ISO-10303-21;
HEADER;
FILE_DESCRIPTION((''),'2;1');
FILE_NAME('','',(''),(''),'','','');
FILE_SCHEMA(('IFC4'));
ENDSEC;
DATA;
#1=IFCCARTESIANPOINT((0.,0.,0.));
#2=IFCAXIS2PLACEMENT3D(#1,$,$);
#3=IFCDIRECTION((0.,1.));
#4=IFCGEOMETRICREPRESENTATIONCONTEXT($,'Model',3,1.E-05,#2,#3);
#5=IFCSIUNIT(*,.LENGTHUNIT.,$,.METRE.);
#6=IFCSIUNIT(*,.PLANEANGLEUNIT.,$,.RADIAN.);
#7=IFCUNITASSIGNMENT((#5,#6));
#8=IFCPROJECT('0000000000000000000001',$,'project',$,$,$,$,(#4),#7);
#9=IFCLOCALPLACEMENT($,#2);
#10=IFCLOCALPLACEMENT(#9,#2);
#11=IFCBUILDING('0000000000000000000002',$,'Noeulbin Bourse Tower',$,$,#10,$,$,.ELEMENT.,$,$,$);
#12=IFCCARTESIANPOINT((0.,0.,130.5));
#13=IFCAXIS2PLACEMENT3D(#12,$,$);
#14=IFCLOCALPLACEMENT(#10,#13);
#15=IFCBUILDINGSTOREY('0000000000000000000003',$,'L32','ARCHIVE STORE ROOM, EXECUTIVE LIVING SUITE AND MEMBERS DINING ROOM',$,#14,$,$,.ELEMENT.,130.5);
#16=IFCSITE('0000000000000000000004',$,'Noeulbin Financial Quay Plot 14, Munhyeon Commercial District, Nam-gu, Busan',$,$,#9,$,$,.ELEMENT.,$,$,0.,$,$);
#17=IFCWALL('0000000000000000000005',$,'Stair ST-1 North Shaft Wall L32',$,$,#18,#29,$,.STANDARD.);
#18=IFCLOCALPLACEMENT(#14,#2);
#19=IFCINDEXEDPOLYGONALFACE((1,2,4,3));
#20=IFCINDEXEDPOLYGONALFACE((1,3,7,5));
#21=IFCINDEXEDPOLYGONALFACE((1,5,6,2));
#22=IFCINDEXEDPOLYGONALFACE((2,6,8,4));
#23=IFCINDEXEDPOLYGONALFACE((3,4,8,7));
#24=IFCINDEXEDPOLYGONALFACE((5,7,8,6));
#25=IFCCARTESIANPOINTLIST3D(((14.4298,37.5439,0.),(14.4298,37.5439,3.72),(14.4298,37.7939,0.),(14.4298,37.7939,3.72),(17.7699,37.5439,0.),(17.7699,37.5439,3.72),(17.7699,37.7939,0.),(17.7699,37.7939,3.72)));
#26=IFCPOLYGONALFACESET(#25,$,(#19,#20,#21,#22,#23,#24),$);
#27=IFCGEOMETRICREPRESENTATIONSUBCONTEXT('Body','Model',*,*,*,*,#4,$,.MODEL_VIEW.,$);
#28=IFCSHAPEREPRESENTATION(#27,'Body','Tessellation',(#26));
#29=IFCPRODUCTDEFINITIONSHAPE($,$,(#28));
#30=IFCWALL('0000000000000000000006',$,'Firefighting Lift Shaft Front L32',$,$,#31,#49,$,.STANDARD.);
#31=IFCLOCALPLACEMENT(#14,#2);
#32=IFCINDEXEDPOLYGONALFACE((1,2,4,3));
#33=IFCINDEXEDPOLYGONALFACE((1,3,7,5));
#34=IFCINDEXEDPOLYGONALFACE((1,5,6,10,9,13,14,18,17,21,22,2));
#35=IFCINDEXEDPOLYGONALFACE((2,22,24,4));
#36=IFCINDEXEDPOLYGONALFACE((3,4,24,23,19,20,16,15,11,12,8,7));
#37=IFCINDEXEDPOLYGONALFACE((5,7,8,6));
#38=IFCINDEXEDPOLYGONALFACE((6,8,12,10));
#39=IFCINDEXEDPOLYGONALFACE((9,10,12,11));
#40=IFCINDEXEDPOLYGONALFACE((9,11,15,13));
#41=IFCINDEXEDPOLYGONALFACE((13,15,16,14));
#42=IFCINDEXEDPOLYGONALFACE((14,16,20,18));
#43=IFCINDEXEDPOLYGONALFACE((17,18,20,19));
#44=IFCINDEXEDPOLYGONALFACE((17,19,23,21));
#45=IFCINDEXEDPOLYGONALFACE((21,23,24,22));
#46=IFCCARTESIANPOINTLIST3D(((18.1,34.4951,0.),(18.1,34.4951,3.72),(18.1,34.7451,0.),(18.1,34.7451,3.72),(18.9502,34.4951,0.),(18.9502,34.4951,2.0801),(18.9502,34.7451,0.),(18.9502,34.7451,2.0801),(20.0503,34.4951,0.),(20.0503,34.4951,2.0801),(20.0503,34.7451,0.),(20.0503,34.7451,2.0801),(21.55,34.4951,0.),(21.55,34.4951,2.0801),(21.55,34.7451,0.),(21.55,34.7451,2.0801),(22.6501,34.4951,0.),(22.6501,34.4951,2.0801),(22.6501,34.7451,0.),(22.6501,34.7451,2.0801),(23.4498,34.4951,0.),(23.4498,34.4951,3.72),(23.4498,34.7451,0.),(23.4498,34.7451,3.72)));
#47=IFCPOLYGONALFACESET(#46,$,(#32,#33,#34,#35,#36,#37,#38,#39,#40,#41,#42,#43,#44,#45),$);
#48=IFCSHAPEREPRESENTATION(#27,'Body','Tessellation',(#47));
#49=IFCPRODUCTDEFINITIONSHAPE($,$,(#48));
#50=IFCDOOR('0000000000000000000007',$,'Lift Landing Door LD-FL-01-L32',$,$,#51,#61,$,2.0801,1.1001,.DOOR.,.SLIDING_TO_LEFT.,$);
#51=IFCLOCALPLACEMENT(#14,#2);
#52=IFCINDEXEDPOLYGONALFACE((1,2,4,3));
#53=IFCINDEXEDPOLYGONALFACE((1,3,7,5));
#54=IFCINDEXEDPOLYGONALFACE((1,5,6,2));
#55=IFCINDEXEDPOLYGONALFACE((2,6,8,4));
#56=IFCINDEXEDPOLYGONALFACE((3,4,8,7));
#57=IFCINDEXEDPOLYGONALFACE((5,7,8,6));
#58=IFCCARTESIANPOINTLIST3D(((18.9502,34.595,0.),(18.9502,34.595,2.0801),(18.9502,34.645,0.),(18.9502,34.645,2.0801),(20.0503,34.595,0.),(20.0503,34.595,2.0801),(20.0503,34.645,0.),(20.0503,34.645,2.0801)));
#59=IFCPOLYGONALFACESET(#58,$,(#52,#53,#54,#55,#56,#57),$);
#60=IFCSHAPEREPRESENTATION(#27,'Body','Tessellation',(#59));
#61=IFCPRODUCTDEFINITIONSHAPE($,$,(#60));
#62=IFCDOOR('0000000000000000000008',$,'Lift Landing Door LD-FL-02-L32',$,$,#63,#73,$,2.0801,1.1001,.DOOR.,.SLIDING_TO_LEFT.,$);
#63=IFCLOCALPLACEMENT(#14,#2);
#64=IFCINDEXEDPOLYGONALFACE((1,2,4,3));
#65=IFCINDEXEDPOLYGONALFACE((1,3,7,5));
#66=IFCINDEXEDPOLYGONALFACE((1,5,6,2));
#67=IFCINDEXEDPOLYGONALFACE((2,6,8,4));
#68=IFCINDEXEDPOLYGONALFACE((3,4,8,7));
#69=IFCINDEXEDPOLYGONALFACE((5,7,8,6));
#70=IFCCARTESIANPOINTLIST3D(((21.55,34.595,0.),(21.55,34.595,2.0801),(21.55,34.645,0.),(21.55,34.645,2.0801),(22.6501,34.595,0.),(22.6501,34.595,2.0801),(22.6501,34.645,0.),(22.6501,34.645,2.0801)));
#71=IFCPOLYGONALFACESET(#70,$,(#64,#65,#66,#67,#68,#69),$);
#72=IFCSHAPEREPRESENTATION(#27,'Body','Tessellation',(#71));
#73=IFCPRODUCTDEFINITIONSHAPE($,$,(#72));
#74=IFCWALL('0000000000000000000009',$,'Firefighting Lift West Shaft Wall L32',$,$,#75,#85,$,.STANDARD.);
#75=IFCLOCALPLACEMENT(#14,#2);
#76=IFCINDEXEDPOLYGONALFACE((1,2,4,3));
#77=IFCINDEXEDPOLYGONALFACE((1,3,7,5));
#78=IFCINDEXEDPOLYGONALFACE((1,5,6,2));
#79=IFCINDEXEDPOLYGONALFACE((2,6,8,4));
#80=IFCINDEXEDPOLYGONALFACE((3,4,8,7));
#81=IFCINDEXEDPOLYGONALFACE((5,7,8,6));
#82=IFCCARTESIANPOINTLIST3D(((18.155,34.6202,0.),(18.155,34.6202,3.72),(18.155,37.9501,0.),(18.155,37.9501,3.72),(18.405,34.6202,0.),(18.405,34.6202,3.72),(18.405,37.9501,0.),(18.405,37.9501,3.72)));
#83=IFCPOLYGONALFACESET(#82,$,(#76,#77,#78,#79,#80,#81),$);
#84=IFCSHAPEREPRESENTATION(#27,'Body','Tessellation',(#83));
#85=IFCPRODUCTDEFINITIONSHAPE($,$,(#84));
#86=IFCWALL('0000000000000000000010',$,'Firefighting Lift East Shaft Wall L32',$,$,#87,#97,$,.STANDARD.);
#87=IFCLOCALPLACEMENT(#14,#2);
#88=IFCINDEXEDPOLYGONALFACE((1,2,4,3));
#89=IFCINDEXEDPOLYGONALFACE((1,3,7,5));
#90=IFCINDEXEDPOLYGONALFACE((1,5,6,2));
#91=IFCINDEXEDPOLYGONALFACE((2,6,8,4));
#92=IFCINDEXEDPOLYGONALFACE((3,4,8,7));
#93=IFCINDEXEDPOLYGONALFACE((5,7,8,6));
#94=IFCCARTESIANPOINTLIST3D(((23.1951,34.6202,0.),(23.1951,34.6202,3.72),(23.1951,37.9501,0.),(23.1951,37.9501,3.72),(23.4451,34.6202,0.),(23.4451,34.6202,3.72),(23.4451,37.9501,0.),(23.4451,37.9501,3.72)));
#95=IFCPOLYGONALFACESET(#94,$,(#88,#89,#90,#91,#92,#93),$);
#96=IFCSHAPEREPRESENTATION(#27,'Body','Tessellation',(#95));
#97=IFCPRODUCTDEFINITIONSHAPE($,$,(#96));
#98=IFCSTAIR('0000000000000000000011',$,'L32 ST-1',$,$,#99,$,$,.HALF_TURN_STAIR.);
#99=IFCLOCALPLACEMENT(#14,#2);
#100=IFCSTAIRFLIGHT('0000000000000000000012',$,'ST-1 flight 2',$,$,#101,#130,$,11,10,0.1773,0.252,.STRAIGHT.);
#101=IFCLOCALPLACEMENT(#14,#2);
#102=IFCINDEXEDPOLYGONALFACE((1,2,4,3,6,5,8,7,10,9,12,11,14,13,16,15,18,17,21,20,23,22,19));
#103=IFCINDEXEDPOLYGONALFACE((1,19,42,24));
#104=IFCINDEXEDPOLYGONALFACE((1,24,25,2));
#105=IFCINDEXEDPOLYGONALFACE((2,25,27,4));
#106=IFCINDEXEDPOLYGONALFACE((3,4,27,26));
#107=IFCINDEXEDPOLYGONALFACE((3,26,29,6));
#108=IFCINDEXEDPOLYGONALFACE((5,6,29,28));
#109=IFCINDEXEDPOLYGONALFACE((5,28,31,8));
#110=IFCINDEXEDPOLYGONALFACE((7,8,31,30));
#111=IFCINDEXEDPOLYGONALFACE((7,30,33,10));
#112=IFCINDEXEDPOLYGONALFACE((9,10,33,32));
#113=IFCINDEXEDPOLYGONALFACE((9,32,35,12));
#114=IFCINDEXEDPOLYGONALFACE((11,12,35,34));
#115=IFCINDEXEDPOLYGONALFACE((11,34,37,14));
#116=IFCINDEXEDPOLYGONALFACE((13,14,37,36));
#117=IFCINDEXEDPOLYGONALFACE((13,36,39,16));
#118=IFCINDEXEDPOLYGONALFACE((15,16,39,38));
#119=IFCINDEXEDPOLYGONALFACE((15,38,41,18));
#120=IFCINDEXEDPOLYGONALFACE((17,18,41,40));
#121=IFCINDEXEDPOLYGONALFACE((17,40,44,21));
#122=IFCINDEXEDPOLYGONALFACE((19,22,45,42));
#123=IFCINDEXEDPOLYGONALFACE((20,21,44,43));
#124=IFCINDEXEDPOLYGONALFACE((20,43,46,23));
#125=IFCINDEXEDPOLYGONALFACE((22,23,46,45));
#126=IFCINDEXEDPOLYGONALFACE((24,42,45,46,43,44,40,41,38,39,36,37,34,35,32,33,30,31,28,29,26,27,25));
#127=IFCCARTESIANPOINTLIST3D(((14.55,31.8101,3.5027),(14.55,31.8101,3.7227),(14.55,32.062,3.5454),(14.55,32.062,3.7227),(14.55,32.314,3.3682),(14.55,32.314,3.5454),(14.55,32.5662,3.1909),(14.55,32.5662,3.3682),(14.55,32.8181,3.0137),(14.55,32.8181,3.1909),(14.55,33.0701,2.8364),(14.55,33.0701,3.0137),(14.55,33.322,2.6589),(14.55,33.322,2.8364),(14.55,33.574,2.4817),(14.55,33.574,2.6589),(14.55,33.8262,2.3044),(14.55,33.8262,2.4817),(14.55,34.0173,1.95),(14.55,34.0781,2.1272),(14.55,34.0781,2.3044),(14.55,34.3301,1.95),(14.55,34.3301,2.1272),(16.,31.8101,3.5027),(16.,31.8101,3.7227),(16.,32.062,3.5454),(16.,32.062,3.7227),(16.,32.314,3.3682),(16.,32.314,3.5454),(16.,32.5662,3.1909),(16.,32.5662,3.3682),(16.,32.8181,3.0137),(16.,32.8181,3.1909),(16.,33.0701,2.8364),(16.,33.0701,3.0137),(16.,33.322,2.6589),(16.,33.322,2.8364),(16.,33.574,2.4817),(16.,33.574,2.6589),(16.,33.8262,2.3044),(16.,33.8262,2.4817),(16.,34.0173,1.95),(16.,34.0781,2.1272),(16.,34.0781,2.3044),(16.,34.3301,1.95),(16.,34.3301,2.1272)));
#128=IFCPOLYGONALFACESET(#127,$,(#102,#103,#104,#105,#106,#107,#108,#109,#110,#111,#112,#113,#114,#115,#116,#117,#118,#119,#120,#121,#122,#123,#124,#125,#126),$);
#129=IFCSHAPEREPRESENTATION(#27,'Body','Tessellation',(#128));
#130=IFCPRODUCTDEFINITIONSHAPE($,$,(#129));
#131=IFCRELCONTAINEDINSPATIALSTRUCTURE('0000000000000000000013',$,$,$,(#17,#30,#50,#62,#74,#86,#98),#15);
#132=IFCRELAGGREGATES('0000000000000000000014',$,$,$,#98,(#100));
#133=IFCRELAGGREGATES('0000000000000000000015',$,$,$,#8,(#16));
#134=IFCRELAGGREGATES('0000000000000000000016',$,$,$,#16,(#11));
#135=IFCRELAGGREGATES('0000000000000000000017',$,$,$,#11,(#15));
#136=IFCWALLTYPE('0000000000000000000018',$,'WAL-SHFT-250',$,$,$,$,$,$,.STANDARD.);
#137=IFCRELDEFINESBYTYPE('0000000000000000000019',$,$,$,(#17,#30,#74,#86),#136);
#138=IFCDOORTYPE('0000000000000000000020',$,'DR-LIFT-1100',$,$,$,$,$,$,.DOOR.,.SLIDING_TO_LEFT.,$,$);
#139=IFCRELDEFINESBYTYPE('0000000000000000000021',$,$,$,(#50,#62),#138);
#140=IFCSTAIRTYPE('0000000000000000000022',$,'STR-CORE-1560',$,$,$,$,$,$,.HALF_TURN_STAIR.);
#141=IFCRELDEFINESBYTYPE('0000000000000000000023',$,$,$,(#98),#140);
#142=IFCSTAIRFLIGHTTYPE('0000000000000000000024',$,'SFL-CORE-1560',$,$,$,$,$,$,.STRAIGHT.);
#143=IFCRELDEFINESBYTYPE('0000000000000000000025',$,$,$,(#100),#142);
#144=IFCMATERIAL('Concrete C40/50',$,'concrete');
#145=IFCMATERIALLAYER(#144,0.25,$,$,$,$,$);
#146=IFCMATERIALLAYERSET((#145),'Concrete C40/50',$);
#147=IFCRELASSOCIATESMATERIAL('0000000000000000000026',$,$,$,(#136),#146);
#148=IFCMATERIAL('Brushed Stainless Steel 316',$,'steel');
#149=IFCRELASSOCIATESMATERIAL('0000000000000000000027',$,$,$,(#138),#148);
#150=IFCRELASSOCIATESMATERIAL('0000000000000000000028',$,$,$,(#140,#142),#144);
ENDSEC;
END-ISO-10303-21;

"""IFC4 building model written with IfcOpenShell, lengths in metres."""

from ifc_helpers import new_model, si_unit, direction, frame, frame_2d, origin, place, context, subcontext, project, spatial, polyline, rectangle, outline, extrude, material, layer, layer_set, type_object, element, fill, aggregate, save


model = new_model("IFC4")

# Units and contexts
model_context = context("Model", 3, precision=1e-05, world=origin(), true_north=direction((0.0, 1.0)))
body_context = subcontext(model_context, "Body", "Model", "MODEL_VIEW")
ifc_project = project(units=[si_unit("LENGTHUNIT", "METRE"), si_unit("PLANEANGLEUNIT", "RADIAN")], contexts=[model_context])

# Site, building, storey
site_placement = place(None, origin())
site = spatial("IfcSite", under=ifc_project, at=site_placement, Name="Noeulbin Financial Quay Plot 14, Munhyeon Commercial District, Nam-gu, Busan", CompositionType="ELEMENT", RefElevation=0.0)
building_placement = place(site_placement, origin())
building = spatial("IfcBuilding", under=site, at=building_placement, Name="Noeulbin Bourse Tower", CompositionType="ELEMENT")
storey_placement = place(building_placement, frame((0.0, 0.0, 130.5)))
storey = spatial("IfcBuildingStorey", under=building, at=storey_placement, Name="L32", Description="ARCHIVE STORE ROOM, EXECUTIVE LIVING SUITE AND MEMBERS DINING ROOM", CompositionType="ELEMENT", Elevation=130.5)

# Wall
ifc_material_1 = material(Name="Concrete C40/50", Category="concrete")
ifc_layer_1 = layer(ifc_material_1, 0.25)
ifc_layer_set_1 = layer_set([ifc_layer_1], Name="Concrete C40/50")
wall_type_1 = type_object("IfcWallType", Name="WAL-SHFT-250", PredefinedType="STANDARD", material=ifc_layer_set_1)
wall_1_placement = place(storey_placement, frame((14.4299, 37.6689, 0.0), z_axis=(0.0, 0.0, 1.0), x_axis=(1.0, 0.0, 0.0)))
element("IfcWall", 1, at=wall_1_placement, inside=storey, type_object=wall_type_1, Name="Stair ST-1 North Shaft Wall L32", PredefinedType="STANDARD", context=body_context, shape_type="SweptSolid", body=[
    extrude(rectangle(XDim=3.3401, YDim=0.25, at=frame_2d((1.6699, 0.0))), origin(), (0.0, 0.0, 1.0), 3.72),
])

# Wall, openings, doors
wall_2_placement = place(storey_placement, frame((18.1001, 34.6201, 0.0), z_axis=(0.0, 0.0, 1.0), x_axis=(1.0, 0.0, 0.0)))
wall_2 = element("IfcWall", 2, at=wall_2_placement, inside=storey, type_object=wall_type_1, Name="Firefighting Lift Shaft Front L32", PredefinedType="STANDARD", context=body_context, shape_type="SweptSolid", body=[
    extrude(rectangle(XDim=5.3499, YDim=0.25, at=frame_2d((2.6748, 0.0))), origin(), (0.0, 0.0, 1.0), 3.72),
])
opening_1_placement = place(wall_2_placement, frame((0.8501, 0.0, 0.0)))
opening_1 = element("IfcOpeningElement", 3, at=opening_1_placement, cuts=wall_2, PredefinedType="OPENING", context=body_context, shape_type="SweptSolid", body=[
    extrude(rectangle(XDim=1.1001, YDim=2.0801, at=frame_2d((0.55, 1.04))), frame((0.0, 0.135, 0.0), z_axis=(0.0, -1.0, 0.0), x_axis=(1.0, 0.0, 0.0)), (0.0, 0.0, 1.0), 0.27),
])
opening_2_placement = place(wall_2_placement, frame((3.45, 0.0, 0.0)))
opening_2 = element("IfcOpeningElement", 4, at=opening_2_placement, cuts=wall_2, PredefinedType="OPENING", context=body_context, shape_type="SweptSolid", body=[
    extrude(rectangle(XDim=1.1001, YDim=2.0801, at=frame_2d((0.55, 1.04))), frame((0.0, 0.135, 0.0), z_axis=(0.0, -1.0, 0.0), x_axis=(1.0, 0.0, 0.0)), (0.0, 0.0, 1.0), 0.27),
])
ifc_material_2 = material(Name="Brushed Stainless Steel 316", Category="steel")
door_type_1 = type_object("IfcDoorType", Name="DR-LIFT-1100", OperationType="SLIDING_TO_LEFT", PredefinedType="DOOR", material=ifc_material_2)
door_1_placement = place(opening_1_placement, origin())
door_1 = element("IfcDoor", 5, at=door_1_placement, inside=storey, type_object=door_type_1, Name="Lift Landing Door LD-FL-01-L32", OperationType="SLIDING_TO_LEFT", OverallHeight=2.0801, OverallWidth=1.1001, PredefinedType="DOOR", context=body_context, shape_type="SweptSolid", body=[
    extrude(rectangle(XDim=1.1001, YDim=2.0801, at=frame_2d((0.55, 1.04))), frame((0.0, 0.0249, 0.0), z_axis=(0.0, -1.0, 0.0), x_axis=(1.0, 0.0, 0.0)), (0.0, 0.0, 1.0), 0.05),
])
fill(opening_1, door_1)
door_2_placement = place(opening_2_placement, origin())
door_2 = element("IfcDoor", 6, at=door_2_placement, inside=storey, type_object=door_type_1, Name="Lift Landing Door LD-FL-02-L32", OperationType="SLIDING_TO_LEFT", OverallHeight=2.0801, OverallWidth=1.1001, PredefinedType="DOOR", context=body_context, shape_type="SweptSolid", body=[
    extrude(rectangle(XDim=1.1001, YDim=2.0801, at=frame_2d((0.55, 1.04))), frame((0.0, 0.0249, 0.0), z_axis=(0.0, -1.0, 0.0), x_axis=(1.0, 0.0, 0.0)), (0.0, 0.0, 1.0), 0.05),
])
fill(opening_2, door_2)

# Walls
for number, where, z_axis, x_axis, name in (
    (7, (18.28, 34.6201, 0.0), (0.0, 0.0, 1.0), (0.0, 1.0, 0.0), "Firefighting Lift West Shaft Wall L32"),
    (8, (23.3201, 34.6201, 0.0), (0.0, 0.0, 1.0), (0.0, 1.0, 0.0), "Firefighting Lift East Shaft Wall L32"),
):
    element("IfcWall", number, at=place(storey_placement, frame(where, z_axis=z_axis, x_axis=x_axis)), inside=storey, type_object=wall_type_1, Name=name, PredefinedType="STANDARD", context=body_context, shape_type="SweptSolid", body=[
        extrude(rectangle(XDim=3.3298, YDim=0.25, at=frame_2d((1.665, 0.0))), origin(), (0.0, 0.0, 1.0), 3.72),
    ])

# Stair, stair flight
stair_type = type_object("IfcStairType", Name="STR-CORE-1560", PredefinedType="HALF_TURN_STAIR", material=ifc_material_1)
stair_placement = place(storey_placement, origin())
stair = element("IfcStair", 9, at=stair_placement, inside=storey, type_object=stair_type, Name="L32 ST-1", PredefinedType="HALF_TURN_STAIR")
stair_flight_type = type_object("IfcStairFlightType", Name="SFL-CORE-1560", PredefinedType="STRAIGHT", material=ifc_material_1)
stair_flight_placement = place(storey_placement, frame((15.2749, 34.3301, 1.95), z_axis=(0.0, 0.0, 1.0), x_axis=(0.0, -1.0, 0.0)))
stair_flight = element("IfcStairFlight", 10, at=stair_flight_placement, type_object=stair_flight_type, Name="ST-1 flight 2", NumberOfRisers=11, NumberOfTreads=10, PredefinedType="STRAIGHT", RiserHeight=0.1773, TreadLength=0.252, context=body_context, shape_type="SweptSolid", body=[
    extrude(outline(polyline([(0.0, 0.0), (0.0, 0.1772), (0.252, 0.1772), (0.252, 0.3545), (0.5039, 0.3545), (0.5039, 0.5317), (0.7561, 0.5317), (0.7561, 0.709), (1.0081, 0.709), (1.0081, 0.8865), (1.26, 0.8865), (1.26, 1.0637), (1.512, 1.0637), (1.512, 1.241), (1.7639, 1.241), (1.7639, 1.4182), (2.0161, 1.4182), (2.0161, 1.5955), (2.2681, 1.5955), (2.2681, 1.7727), (2.52, 1.7727), (2.52, 1.95), (2.52, 1.5527), (0.3127, 0.0), (0.0, 0.0)])), frame((0.0, 0.7251, 0.0), z_axis=(0.0, -1.0, 0.0), x_axis=(1.0, 0.0, 0.0)), (0.0, 0.0, 1.0), 1.45),
])
aggregate(stair, [stair_flight])

save(model, "model.ifc")
